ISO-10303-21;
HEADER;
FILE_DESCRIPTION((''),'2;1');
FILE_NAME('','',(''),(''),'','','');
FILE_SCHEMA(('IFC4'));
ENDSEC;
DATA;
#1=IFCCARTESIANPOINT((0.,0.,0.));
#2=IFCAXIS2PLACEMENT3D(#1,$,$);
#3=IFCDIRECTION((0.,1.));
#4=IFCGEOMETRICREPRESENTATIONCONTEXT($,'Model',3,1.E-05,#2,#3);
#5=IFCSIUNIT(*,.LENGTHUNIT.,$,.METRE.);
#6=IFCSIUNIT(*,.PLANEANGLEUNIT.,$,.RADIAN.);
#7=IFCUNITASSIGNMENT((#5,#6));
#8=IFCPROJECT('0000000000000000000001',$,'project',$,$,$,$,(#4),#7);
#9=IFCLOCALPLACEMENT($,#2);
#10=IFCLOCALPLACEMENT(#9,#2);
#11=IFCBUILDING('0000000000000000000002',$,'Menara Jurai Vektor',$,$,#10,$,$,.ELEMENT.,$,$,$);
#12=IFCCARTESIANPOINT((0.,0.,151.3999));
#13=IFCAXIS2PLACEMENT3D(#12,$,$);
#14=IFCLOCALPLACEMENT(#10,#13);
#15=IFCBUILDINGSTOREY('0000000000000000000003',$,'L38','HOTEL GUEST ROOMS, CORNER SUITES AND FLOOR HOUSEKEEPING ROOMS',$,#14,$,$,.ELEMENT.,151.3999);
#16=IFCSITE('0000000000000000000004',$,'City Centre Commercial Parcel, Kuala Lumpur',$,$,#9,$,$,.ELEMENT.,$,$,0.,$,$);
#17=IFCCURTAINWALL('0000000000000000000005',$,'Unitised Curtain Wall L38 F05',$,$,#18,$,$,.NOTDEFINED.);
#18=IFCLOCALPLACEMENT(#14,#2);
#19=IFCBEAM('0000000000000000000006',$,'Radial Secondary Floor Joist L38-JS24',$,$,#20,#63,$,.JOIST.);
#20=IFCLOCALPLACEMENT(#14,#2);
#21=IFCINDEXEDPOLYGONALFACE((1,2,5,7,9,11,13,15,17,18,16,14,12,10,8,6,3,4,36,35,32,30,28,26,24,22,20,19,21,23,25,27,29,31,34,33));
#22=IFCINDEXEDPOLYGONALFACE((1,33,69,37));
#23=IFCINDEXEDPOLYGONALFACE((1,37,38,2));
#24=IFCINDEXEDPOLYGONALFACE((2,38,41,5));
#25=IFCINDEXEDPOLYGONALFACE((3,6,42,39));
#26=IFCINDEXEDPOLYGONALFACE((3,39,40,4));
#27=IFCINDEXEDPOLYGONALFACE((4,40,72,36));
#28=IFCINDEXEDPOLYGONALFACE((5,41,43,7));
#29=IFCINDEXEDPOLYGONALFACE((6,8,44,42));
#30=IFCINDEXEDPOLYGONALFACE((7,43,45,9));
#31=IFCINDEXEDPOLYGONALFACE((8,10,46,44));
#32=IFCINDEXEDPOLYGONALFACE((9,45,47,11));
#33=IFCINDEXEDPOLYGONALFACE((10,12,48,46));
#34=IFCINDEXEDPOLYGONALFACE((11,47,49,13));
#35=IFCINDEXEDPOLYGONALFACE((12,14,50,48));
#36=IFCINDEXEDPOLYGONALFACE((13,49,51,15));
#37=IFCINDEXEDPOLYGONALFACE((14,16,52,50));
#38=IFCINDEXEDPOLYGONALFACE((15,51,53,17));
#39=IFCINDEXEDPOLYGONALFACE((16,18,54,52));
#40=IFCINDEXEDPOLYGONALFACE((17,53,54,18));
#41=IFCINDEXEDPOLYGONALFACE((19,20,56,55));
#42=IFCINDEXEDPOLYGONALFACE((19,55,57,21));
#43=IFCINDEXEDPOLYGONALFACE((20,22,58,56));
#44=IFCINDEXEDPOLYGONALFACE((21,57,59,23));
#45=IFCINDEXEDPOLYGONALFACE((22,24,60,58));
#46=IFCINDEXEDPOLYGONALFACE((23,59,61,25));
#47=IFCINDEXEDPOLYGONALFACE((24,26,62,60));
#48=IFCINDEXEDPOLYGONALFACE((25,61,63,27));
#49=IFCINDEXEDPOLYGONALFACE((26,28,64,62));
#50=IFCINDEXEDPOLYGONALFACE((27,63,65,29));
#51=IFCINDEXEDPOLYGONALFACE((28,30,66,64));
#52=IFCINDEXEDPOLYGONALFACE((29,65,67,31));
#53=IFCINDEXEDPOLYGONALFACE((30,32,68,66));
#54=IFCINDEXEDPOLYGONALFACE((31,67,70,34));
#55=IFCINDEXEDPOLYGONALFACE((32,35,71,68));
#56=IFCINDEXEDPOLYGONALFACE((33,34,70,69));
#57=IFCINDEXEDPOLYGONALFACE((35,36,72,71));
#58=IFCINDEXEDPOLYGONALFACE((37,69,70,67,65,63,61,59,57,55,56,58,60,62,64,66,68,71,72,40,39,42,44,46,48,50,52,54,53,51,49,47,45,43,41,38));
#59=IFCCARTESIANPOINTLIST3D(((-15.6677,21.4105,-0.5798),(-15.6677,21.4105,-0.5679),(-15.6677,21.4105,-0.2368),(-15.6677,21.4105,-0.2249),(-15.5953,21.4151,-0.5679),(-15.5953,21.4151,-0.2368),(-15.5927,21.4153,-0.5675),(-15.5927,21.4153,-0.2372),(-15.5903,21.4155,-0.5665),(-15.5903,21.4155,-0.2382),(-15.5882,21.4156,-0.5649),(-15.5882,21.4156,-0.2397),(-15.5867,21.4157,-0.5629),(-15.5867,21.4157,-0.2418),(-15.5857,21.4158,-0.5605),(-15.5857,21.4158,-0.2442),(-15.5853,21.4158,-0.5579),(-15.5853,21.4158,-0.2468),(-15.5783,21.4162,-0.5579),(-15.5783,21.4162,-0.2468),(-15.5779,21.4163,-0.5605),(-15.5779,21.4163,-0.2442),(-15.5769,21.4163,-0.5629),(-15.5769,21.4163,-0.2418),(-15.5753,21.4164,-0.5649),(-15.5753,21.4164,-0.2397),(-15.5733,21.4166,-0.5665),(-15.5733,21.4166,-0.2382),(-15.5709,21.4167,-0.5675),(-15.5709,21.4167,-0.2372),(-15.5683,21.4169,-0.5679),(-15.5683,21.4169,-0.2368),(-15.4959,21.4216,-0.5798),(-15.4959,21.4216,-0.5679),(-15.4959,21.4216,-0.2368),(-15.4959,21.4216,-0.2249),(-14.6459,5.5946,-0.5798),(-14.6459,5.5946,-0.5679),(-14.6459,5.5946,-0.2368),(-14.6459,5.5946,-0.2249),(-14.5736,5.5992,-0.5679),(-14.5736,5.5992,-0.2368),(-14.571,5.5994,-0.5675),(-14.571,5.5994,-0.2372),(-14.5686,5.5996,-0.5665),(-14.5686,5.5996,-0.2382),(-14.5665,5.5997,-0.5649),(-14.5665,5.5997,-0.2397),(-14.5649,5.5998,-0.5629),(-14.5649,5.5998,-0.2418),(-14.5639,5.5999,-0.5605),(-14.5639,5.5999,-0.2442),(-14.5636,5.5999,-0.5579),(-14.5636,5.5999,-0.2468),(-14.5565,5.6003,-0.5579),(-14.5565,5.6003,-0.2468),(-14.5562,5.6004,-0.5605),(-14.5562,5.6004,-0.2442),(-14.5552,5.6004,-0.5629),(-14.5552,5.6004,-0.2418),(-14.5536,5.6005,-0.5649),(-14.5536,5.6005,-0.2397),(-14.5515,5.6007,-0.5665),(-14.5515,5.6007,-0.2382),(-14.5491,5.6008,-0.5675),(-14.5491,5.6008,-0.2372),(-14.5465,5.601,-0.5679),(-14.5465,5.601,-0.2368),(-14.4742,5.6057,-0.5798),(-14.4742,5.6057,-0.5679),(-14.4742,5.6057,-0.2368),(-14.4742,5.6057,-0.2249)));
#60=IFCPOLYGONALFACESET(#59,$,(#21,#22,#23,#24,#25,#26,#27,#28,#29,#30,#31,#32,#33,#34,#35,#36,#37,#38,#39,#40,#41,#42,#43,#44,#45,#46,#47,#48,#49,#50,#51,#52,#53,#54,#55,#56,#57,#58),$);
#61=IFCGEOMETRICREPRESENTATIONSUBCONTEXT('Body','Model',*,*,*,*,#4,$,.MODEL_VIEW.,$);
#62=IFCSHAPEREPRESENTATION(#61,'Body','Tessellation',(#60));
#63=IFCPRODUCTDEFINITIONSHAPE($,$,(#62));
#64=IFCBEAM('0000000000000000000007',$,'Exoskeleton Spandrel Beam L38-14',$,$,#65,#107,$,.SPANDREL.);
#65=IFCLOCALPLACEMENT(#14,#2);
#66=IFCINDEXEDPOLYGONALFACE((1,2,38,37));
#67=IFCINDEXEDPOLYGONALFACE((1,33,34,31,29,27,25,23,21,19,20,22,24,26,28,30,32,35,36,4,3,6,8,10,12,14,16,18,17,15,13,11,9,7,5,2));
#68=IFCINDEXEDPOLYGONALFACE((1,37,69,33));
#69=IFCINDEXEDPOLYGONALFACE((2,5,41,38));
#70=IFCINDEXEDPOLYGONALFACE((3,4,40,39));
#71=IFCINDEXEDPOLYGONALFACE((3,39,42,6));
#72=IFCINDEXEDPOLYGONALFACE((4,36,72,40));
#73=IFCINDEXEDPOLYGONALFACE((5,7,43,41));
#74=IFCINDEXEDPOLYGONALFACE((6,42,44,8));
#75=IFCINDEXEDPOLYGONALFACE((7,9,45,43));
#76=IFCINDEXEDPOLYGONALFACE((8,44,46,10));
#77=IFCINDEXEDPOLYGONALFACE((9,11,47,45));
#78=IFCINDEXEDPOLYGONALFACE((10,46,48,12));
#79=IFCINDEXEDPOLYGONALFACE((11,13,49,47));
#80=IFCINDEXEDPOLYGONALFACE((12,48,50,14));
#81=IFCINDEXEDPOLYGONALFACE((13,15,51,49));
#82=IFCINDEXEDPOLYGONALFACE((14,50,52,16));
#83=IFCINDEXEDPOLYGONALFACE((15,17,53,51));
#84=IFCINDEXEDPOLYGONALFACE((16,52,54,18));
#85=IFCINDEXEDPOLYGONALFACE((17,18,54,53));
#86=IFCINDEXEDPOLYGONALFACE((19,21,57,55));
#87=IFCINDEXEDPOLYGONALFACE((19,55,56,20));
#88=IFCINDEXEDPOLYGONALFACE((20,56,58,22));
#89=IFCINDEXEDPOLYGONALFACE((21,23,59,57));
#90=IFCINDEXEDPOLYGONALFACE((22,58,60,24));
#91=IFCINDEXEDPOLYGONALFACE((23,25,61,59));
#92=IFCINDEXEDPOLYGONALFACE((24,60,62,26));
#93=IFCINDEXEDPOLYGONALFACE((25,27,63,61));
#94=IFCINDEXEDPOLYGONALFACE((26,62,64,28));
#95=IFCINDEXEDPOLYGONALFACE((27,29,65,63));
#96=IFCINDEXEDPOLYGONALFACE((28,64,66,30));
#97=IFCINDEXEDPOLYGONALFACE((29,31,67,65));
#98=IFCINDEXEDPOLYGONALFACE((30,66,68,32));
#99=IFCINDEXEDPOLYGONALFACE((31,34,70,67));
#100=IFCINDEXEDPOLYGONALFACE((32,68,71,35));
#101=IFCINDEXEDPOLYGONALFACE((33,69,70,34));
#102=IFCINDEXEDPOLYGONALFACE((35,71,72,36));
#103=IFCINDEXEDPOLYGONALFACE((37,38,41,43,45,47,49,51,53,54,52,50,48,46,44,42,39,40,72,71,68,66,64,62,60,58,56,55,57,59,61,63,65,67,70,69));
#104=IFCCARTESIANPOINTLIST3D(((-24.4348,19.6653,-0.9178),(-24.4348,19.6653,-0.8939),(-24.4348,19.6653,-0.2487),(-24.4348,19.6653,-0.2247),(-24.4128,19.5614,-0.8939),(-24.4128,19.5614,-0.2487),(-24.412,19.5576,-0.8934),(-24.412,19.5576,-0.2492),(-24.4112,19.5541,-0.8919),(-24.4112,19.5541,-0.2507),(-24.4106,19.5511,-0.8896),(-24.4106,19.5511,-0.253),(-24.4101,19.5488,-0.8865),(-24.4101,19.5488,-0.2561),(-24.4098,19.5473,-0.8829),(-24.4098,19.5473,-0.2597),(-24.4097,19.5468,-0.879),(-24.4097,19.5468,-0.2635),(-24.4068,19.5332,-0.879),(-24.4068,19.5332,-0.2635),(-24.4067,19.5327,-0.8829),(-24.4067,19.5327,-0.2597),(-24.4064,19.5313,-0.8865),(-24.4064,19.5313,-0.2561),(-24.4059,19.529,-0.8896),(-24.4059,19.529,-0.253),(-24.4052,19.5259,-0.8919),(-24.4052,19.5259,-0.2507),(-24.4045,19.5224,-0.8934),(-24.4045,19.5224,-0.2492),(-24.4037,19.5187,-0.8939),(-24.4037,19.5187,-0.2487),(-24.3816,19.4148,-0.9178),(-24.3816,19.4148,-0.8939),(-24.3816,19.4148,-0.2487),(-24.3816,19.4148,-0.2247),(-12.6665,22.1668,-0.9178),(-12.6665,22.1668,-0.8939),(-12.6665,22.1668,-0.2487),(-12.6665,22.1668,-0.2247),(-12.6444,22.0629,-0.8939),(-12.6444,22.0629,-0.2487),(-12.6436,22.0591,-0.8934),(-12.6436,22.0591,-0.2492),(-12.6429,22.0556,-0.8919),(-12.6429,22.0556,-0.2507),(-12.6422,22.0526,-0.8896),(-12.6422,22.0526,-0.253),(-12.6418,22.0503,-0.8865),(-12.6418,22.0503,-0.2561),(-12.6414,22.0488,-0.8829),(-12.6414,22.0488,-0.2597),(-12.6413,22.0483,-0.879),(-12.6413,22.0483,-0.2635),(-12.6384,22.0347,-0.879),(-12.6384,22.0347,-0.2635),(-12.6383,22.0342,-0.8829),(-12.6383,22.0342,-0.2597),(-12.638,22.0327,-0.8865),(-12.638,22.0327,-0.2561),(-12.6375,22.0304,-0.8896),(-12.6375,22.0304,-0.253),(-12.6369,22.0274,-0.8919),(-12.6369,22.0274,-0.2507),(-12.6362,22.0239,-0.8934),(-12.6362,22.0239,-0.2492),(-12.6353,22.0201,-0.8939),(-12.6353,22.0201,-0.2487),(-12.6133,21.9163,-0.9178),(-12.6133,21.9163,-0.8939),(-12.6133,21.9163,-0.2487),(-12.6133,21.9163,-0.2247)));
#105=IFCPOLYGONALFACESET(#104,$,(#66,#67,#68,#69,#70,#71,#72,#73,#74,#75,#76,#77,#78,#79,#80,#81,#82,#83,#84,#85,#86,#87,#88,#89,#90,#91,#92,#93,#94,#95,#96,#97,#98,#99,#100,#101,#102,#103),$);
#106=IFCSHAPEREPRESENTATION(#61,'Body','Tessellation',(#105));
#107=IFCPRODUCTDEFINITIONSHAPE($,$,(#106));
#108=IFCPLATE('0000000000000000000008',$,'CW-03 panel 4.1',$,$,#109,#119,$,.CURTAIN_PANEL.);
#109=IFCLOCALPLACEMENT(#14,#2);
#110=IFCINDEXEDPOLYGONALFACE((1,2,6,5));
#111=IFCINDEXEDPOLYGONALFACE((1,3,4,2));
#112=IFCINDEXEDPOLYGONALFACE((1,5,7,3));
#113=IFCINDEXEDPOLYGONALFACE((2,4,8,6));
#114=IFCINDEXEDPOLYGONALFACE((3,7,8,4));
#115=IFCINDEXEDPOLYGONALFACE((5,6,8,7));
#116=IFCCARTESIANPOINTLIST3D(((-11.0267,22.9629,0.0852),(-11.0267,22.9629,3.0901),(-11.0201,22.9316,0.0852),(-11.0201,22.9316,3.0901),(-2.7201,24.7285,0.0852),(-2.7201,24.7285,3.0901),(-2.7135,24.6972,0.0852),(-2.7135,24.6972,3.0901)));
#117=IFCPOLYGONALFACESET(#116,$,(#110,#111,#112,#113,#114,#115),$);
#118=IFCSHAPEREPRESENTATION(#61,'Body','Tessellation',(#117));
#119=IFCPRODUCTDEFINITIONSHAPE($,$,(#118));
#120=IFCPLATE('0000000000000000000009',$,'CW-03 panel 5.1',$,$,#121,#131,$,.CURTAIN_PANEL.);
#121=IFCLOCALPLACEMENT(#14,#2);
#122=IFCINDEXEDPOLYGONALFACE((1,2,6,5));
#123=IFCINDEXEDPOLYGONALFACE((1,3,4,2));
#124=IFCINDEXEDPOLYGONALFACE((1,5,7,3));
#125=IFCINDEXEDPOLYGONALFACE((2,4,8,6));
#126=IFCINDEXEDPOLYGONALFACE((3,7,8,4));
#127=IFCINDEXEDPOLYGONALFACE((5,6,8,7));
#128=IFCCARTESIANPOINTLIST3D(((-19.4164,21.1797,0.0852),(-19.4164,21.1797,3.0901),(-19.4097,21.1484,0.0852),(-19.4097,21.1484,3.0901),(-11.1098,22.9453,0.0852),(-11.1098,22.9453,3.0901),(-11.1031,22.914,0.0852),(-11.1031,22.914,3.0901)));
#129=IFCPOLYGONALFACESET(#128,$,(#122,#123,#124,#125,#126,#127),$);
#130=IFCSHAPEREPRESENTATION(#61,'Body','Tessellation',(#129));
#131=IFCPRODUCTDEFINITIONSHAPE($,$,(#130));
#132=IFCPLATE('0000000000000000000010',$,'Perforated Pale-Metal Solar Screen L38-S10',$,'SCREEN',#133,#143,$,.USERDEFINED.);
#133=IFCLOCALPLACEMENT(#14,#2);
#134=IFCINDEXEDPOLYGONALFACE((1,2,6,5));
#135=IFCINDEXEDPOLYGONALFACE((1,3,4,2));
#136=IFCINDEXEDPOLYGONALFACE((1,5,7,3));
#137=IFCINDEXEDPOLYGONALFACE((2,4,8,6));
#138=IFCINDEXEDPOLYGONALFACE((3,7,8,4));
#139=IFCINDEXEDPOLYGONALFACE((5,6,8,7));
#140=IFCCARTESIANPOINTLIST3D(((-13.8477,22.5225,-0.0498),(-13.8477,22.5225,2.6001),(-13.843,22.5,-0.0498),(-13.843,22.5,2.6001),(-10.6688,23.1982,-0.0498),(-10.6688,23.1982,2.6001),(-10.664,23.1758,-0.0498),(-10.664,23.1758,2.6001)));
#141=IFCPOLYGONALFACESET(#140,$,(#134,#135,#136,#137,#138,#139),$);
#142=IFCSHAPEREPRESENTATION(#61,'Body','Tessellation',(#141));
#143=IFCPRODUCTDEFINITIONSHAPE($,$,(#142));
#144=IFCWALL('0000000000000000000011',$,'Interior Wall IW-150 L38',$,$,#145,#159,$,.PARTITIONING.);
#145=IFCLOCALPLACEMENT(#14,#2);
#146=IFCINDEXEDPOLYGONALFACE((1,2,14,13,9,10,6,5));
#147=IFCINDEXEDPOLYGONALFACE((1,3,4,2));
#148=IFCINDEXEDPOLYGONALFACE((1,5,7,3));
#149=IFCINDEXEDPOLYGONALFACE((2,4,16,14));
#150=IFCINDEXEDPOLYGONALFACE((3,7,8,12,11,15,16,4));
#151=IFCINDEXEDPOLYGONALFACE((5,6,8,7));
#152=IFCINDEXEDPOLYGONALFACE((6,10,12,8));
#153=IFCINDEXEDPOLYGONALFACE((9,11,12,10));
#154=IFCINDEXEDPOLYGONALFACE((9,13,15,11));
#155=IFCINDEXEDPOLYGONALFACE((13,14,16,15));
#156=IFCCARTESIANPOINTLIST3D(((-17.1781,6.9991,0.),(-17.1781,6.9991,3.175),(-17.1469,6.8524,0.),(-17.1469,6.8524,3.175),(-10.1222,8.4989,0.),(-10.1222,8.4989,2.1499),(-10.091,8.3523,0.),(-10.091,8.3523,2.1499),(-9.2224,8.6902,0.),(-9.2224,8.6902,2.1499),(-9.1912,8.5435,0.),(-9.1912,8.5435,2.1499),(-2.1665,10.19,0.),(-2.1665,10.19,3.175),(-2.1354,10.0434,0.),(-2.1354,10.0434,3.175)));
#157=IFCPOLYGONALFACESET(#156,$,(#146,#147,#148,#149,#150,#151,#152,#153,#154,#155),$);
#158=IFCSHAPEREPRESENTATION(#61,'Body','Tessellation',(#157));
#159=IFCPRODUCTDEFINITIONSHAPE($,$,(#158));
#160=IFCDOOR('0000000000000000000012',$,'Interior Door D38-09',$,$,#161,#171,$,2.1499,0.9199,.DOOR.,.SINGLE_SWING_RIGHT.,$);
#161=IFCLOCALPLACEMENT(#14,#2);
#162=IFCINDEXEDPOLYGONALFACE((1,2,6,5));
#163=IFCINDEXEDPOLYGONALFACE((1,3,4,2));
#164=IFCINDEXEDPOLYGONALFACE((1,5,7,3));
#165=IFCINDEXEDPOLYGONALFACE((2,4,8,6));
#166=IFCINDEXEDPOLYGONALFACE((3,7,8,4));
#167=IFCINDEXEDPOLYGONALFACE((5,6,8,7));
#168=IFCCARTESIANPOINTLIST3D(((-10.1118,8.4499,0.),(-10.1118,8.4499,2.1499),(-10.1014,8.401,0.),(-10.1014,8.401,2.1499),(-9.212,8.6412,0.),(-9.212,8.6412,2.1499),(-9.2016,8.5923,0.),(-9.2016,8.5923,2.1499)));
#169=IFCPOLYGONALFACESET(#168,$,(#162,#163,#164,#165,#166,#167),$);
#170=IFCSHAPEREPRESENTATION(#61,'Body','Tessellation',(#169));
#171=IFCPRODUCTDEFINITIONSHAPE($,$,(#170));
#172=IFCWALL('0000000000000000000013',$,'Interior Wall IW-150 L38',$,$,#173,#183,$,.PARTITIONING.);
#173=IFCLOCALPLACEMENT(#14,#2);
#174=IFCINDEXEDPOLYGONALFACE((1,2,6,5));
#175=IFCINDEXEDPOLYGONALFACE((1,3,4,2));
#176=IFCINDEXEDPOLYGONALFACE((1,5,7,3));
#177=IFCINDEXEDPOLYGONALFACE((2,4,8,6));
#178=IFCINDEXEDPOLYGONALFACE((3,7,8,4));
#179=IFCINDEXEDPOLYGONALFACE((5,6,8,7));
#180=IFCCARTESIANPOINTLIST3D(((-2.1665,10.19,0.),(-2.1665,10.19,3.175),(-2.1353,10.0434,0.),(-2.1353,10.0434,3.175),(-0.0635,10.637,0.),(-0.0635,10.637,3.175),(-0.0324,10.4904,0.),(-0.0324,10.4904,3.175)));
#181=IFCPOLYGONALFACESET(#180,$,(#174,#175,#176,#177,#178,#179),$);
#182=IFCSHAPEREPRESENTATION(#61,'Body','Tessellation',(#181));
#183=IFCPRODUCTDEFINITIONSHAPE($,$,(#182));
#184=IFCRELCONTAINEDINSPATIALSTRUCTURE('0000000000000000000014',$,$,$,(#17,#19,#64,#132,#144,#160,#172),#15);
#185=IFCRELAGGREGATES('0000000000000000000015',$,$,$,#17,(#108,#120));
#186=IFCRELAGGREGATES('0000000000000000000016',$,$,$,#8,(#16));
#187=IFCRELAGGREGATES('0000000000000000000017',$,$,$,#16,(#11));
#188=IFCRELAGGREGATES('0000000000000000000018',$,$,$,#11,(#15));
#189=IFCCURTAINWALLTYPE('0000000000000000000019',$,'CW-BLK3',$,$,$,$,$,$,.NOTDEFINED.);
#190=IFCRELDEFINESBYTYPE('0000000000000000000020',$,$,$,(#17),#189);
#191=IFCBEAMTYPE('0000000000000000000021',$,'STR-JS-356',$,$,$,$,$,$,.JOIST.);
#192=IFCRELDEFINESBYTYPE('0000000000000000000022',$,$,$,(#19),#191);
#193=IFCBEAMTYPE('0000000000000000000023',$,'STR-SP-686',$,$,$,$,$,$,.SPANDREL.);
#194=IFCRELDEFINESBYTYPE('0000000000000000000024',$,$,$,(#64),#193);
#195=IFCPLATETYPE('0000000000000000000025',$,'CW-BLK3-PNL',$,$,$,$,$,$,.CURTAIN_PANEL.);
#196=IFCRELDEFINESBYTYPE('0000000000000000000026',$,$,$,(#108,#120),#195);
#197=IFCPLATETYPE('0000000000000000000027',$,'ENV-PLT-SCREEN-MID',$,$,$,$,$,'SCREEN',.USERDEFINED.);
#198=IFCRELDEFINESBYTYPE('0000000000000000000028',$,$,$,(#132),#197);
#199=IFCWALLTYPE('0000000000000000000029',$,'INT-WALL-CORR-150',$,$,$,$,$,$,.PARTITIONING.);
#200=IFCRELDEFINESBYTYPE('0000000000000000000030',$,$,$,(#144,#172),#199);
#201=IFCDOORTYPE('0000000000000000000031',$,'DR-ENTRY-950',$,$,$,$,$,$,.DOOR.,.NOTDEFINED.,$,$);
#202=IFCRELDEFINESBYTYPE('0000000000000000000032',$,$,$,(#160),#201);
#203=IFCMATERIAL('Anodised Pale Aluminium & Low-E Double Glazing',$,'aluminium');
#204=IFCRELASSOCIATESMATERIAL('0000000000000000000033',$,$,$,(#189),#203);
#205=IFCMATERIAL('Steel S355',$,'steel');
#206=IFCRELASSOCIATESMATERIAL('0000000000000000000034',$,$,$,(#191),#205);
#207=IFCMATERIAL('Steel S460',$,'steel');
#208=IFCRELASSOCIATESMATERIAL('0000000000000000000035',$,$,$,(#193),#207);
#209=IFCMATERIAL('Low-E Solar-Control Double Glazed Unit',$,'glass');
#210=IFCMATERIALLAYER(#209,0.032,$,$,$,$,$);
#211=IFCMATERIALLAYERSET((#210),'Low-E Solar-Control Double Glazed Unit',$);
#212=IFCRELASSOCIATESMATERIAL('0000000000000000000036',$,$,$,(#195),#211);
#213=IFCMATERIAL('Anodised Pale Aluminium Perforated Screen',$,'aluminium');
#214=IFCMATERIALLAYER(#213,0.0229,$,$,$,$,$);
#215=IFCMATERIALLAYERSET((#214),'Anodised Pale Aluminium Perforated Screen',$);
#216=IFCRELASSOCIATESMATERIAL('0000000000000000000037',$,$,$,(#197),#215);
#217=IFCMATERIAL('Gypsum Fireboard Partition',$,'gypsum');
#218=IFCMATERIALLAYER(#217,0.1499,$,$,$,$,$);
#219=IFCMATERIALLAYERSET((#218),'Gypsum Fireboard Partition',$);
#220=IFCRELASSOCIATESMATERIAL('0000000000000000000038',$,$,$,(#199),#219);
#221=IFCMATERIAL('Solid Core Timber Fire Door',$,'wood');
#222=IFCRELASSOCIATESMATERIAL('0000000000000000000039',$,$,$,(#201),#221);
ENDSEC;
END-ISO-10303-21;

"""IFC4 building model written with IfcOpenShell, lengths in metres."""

from ifc_helpers import new_model, si_unit, direction, frame, frame_2d, origin, origin_2d, place, context, subcontext, project, spatial, rectangle, i_section, extrude, material, layer, layer_set, material_profile, profile_set, type_object, element, fill, aggregate, save


model = new_model("IFC4")

# Units and contexts
model_context = context("Model", 3, precision=1e-05, world=origin(), true_north=direction((0.0, 1.0)))
body_context = subcontext(model_context, "Body", "Model", "MODEL_VIEW")
ifc_project = project(units=[si_unit("LENGTHUNIT", "METRE"), si_unit("PLANEANGLEUNIT", "RADIAN")], contexts=[model_context])

# Site, building, storey
site_placement = place(None, origin())
site = spatial("IfcSite", under=ifc_project, at=site_placement, Name="City Centre Commercial Parcel, Kuala Lumpur", CompositionType="ELEMENT", RefElevation=0.0)
building_placement = place(site_placement, origin())
building = spatial("IfcBuilding", under=site, at=building_placement, Name="Menara Jurai Vektor", CompositionType="ELEMENT")
storey_placement = place(building_placement, frame((0.0, 0.0, 151.3999)))
storey = spatial("IfcBuildingStorey", under=building, at=storey_placement, Name="L38", Description="HOTEL GUEST ROOMS, CORNER SUITES AND FLOOR HOUSEKEEPING ROOMS", CompositionType="ELEMENT", Elevation=151.3999)

# Shared definitions
ifc_material_1 = material(Name="Steel S460", Category="steel")

# Curtain wall
ifc_material_2 = material(Name="Anodised Pale Aluminium & Low-E Double Glazing", Category="aluminium")
curtain_wall_type = type_object("IfcCurtainWallType", Name="CW-BLK3", PredefinedType="NOTDEFINED", material=ifc_material_2)
curtain_wall_placement = place(storey_placement, origin())
curtain_wall = element("IfcCurtainWall", 1, at=curtain_wall_placement, inside=storey, type_object=curtain_wall_type, Name="Unitised Curtain Wall L38 F05", PredefinedType="NOTDEFINED")

# Beams
ifc_material_3 = material(Name="Steel S355", Category="steel")
ifc_material_profile_1 = material_profile(ifc_material_3, i_section(OverallWidth=0.1721, OverallDepth=0.355, WebThickness=0.0071, FlangeThickness=0.012, FilletRadius=0.01, at=origin_2d()), Name="UKB 356x171x51")
ifc_profile_set_1 = profile_set([ifc_material_profile_1], Name="Steel S355")
beam_type_1 = type_object("IfcBeamType", Name="STR-JS-356", PredefinedType="JOIST", material=ifc_profile_set_1)
beam_1_placement = place(storey_placement, frame((-15.5818, 21.416, -0.4023), z_axis=(0.064467, -0.99792, 0.0), x_axis=(0.99792, 0.064467, 0.0)))
element("IfcBeam", 2, at=beam_1_placement, inside=storey, type_object=beam_type_1, Name="Radial Secondary Floor Joist L38-JS24", PredefinedType="JOIST", context=body_context, shape_type="SweptSolid", body=[
    extrude(i_section(OverallWidth=0.1721, OverallDepth=0.355, WebThickness=0.0071, FlangeThickness=0.012, FilletRadius=0.01, at=origin_2d()), origin(), (0.0, 0.0, 1.0), 15.8489),
])
ifc_material_profile_2 = material_profile(ifc_material_1, i_section(OverallWidth=0.2561, OverallDepth=0.6931, WebThickness=0.0139, FlangeThickness=0.0239, FilletRadius=0.0149, at=origin_2d()), Name="UKB 686x254x170")
ifc_profile_set_2 = profile_set([ifc_material_profile_2], Name="Steel S460")
beam_type_2 = type_object("IfcBeamType", Name="STR-SP-686", PredefinedType="SPANDREL", material=ifc_profile_set_2)
beam_2_placement = place(storey_placement, frame((-12.6399, 22.0415, -0.5713), z_axis=(-0.978147, -0.207914, 0.0), x_axis=(0.207914, -0.978147, 0.0)))
element("IfcBeam", 3, at=beam_2_placement, inside=storey, type_object=beam_type_2, Name="Exoskeleton Spandrel Beam L38-14", PredefinedType="SPANDREL", context=body_context, shape_type="SweptSolid", body=[
    extrude(i_section(OverallWidth=0.2561, OverallDepth=0.6931, WebThickness=0.0139, FlangeThickness=0.0239, FilletRadius=0.0149, at=origin_2d()), origin(), (0.0, 0.0, 1.0), 12.0312),
])

# Plates
ifc_material_4 = material(Name="Low-E Solar-Control Double Glazed Unit", Category="glass")
ifc_layer_1 = layer(ifc_material_4, 0.032)
ifc_layer_set_1 = layer_set([ifc_layer_1], Name="Low-E Solar-Control Double Glazed Unit")
plate_type_1 = type_object("IfcPlateType", Name="CW-BLK3-PNL", PredefinedType="CURTAIN_PANEL", material=ifc_layer_set_1)
plate_1_placement = place(storey_placement, frame((-6.8701, 23.8301, 0.0852), z_axis=(0.0, 0.0, 1.0), x_axis=(-0.978148, -0.207911, 0.0)))
plate_1 = element("IfcPlate", 4, at=plate_1_placement, type_object=plate_type_1, Name="CW-03 panel 4.1", PredefinedType="CURTAIN_PANEL", context=body_context, shape_type="SweptSolid", body=[
    extrude(rectangle(XDim=8.4922, YDim=0.032, at=origin_2d()), origin(), (0.0, 0.0, 1.0), 3.0049),
])
plate_2_placement = place(storey_placement, frame((-15.2598, 22.0469, 0.0852), z_axis=(0.0, 0.0, 1.0), x_axis=(-0.978148, -0.207911, 0.0)))
plate_2 = element("IfcPlate", 5, at=plate_2_placement, type_object=plate_type_1, Name="CW-03 panel 5.1", PredefinedType="CURTAIN_PANEL", context=body_context, shape_type="SweptSolid", body=[
    extrude(rectangle(XDim=8.4922, YDim=0.032, at=origin_2d()), origin(), (0.0, 0.0, 1.0), 3.0049),
])
aggregate(curtain_wall, [plate_1, plate_2])
ifc_material_5 = material(Name="Anodised Pale Aluminium Perforated Screen", Category="aluminium")
ifc_layer_2 = layer(ifc_material_5, 0.0229)
ifc_layer_set_2 = layer_set([ifc_layer_2], Name="Anodised Pale Aluminium Perforated Screen")
plate_type_2 = type_object("IfcPlateType", Name="ENV-PLT-SCREEN-MID", ElementType="SCREEN", PredefinedType="USERDEFINED", material=ifc_layer_set_2)
plate_3_placement = place(storey_placement, frame((-12.2559, 22.8491, -0.0498), z_axis=(0.0, 0.0, 1.0), x_axis=(-0.978148, -0.207912, 0.0)))
element("IfcPlate", 6, at=plate_3_placement, inside=storey, type_object=plate_type_2, Name="Perforated Pale-Metal Solar Screen L38-S10", ObjectType="SCREEN", PredefinedType="USERDEFINED", context=body_context, shape_type="SweptSolid", body=[
    extrude(rectangle(XDim=3.25, YDim=0.0229, at=origin_2d()), origin(), (0.0, 0.0, 1.0), 2.6499),
])

# Wall, opening, door
ifc_material_6 = material(Name="Gypsum Fireboard Partition", Category="gypsum")
ifc_layer_3 = layer(ifc_material_6, 0.1499)
ifc_layer_set_3 = layer_set([ifc_layer_3], Name="Gypsum Fireboard Partition")
wall_type_1 = type_object("IfcWallType", Name="INT-WALL-CORR-150", PredefinedType="PARTITIONING", material=ifc_layer_set_3)
wall_1_placement = place(storey_placement, frame((-17.1624, 6.9258, 0.0), z_axis=(0.0, 0.0, 1.0), x_axis=(0.978146, 0.20792, 0.0)))
wall_1 = element("IfcWall", 7, at=wall_1_placement, inside=storey, type_object=wall_type_1, Name="Interior Wall IW-150 L38", PredefinedType="PARTITIONING", context=body_context, shape_type="SweptSolid", body=[
    extrude(rectangle(XDim=15.3469, YDim=0.1499, at=frame_2d((7.6733, 0.0))), origin(), (0.0, 0.0, 1.0), 3.175),
])
opening_placement = place(wall_1_placement, frame((7.2134, 0.0, 0.0)))
opening = element("IfcOpeningElement", 8, at=opening_placement, cuts=wall_1, PredefinedType="OPENING", context=body_context, shape_type="SweptSolid", body=[
    extrude(rectangle(XDim=0.9199, YDim=2.1499, at=frame_2d((0.46, 1.075))), frame((0.0, 0.085, 0.0), z_axis=(0.0, -1.0, 0.0), x_axis=(1.0, 0.0, 0.0)), (0.0, 0.0, 1.0), 0.1699),
])
ifc_material_7 = material(Name="Solid Core Timber Fire Door", Category="wood")
door_type = type_object("IfcDoorType", Name="DR-ENTRY-950", OperationType="NOTDEFINED", PredefinedType="DOOR", material=ifc_material_7)
door_placement = place(opening_placement, origin())
door = element("IfcDoor", 9, at=door_placement, inside=storey, type_object=door_type, Name="Interior Door D38-09", OperationType="SINGLE_SWING_RIGHT", OverallHeight=2.1499, OverallWidth=0.9199, PredefinedType="DOOR", context=body_context, shape_type="SweptSolid", body=[
    extrude(rectangle(XDim=0.9199, YDim=2.1499, at=frame_2d((0.46, 1.075))), frame((0.0, 0.0249, 0.0), z_axis=(0.0, -1.0, 0.0), x_axis=(1.0, 0.0, 0.0)), (0.0, 0.0, 1.0), 0.05),
])
fill(opening, door)

# Wall
wall_2_placement = place(storey_placement, frame((-2.1509, 10.1167, 0.0), z_axis=(0.0, 0.0, 1.0), x_axis=(0.978147, 0.207916, 0.0)))
element("IfcWall", 10, at=wall_2_placement, inside=storey, type_object=wall_type_1, Name="Interior Wall IW-150 L38", PredefinedType="PARTITIONING", context=body_context, shape_type="SweptSolid", body=[
    extrude(rectangle(XDim=2.1499, YDim=0.1499, at=frame_2d((1.075, 0.0))), origin(), (0.0, 0.0, 1.0), 3.175),
])

save(model, "model.ifc")
